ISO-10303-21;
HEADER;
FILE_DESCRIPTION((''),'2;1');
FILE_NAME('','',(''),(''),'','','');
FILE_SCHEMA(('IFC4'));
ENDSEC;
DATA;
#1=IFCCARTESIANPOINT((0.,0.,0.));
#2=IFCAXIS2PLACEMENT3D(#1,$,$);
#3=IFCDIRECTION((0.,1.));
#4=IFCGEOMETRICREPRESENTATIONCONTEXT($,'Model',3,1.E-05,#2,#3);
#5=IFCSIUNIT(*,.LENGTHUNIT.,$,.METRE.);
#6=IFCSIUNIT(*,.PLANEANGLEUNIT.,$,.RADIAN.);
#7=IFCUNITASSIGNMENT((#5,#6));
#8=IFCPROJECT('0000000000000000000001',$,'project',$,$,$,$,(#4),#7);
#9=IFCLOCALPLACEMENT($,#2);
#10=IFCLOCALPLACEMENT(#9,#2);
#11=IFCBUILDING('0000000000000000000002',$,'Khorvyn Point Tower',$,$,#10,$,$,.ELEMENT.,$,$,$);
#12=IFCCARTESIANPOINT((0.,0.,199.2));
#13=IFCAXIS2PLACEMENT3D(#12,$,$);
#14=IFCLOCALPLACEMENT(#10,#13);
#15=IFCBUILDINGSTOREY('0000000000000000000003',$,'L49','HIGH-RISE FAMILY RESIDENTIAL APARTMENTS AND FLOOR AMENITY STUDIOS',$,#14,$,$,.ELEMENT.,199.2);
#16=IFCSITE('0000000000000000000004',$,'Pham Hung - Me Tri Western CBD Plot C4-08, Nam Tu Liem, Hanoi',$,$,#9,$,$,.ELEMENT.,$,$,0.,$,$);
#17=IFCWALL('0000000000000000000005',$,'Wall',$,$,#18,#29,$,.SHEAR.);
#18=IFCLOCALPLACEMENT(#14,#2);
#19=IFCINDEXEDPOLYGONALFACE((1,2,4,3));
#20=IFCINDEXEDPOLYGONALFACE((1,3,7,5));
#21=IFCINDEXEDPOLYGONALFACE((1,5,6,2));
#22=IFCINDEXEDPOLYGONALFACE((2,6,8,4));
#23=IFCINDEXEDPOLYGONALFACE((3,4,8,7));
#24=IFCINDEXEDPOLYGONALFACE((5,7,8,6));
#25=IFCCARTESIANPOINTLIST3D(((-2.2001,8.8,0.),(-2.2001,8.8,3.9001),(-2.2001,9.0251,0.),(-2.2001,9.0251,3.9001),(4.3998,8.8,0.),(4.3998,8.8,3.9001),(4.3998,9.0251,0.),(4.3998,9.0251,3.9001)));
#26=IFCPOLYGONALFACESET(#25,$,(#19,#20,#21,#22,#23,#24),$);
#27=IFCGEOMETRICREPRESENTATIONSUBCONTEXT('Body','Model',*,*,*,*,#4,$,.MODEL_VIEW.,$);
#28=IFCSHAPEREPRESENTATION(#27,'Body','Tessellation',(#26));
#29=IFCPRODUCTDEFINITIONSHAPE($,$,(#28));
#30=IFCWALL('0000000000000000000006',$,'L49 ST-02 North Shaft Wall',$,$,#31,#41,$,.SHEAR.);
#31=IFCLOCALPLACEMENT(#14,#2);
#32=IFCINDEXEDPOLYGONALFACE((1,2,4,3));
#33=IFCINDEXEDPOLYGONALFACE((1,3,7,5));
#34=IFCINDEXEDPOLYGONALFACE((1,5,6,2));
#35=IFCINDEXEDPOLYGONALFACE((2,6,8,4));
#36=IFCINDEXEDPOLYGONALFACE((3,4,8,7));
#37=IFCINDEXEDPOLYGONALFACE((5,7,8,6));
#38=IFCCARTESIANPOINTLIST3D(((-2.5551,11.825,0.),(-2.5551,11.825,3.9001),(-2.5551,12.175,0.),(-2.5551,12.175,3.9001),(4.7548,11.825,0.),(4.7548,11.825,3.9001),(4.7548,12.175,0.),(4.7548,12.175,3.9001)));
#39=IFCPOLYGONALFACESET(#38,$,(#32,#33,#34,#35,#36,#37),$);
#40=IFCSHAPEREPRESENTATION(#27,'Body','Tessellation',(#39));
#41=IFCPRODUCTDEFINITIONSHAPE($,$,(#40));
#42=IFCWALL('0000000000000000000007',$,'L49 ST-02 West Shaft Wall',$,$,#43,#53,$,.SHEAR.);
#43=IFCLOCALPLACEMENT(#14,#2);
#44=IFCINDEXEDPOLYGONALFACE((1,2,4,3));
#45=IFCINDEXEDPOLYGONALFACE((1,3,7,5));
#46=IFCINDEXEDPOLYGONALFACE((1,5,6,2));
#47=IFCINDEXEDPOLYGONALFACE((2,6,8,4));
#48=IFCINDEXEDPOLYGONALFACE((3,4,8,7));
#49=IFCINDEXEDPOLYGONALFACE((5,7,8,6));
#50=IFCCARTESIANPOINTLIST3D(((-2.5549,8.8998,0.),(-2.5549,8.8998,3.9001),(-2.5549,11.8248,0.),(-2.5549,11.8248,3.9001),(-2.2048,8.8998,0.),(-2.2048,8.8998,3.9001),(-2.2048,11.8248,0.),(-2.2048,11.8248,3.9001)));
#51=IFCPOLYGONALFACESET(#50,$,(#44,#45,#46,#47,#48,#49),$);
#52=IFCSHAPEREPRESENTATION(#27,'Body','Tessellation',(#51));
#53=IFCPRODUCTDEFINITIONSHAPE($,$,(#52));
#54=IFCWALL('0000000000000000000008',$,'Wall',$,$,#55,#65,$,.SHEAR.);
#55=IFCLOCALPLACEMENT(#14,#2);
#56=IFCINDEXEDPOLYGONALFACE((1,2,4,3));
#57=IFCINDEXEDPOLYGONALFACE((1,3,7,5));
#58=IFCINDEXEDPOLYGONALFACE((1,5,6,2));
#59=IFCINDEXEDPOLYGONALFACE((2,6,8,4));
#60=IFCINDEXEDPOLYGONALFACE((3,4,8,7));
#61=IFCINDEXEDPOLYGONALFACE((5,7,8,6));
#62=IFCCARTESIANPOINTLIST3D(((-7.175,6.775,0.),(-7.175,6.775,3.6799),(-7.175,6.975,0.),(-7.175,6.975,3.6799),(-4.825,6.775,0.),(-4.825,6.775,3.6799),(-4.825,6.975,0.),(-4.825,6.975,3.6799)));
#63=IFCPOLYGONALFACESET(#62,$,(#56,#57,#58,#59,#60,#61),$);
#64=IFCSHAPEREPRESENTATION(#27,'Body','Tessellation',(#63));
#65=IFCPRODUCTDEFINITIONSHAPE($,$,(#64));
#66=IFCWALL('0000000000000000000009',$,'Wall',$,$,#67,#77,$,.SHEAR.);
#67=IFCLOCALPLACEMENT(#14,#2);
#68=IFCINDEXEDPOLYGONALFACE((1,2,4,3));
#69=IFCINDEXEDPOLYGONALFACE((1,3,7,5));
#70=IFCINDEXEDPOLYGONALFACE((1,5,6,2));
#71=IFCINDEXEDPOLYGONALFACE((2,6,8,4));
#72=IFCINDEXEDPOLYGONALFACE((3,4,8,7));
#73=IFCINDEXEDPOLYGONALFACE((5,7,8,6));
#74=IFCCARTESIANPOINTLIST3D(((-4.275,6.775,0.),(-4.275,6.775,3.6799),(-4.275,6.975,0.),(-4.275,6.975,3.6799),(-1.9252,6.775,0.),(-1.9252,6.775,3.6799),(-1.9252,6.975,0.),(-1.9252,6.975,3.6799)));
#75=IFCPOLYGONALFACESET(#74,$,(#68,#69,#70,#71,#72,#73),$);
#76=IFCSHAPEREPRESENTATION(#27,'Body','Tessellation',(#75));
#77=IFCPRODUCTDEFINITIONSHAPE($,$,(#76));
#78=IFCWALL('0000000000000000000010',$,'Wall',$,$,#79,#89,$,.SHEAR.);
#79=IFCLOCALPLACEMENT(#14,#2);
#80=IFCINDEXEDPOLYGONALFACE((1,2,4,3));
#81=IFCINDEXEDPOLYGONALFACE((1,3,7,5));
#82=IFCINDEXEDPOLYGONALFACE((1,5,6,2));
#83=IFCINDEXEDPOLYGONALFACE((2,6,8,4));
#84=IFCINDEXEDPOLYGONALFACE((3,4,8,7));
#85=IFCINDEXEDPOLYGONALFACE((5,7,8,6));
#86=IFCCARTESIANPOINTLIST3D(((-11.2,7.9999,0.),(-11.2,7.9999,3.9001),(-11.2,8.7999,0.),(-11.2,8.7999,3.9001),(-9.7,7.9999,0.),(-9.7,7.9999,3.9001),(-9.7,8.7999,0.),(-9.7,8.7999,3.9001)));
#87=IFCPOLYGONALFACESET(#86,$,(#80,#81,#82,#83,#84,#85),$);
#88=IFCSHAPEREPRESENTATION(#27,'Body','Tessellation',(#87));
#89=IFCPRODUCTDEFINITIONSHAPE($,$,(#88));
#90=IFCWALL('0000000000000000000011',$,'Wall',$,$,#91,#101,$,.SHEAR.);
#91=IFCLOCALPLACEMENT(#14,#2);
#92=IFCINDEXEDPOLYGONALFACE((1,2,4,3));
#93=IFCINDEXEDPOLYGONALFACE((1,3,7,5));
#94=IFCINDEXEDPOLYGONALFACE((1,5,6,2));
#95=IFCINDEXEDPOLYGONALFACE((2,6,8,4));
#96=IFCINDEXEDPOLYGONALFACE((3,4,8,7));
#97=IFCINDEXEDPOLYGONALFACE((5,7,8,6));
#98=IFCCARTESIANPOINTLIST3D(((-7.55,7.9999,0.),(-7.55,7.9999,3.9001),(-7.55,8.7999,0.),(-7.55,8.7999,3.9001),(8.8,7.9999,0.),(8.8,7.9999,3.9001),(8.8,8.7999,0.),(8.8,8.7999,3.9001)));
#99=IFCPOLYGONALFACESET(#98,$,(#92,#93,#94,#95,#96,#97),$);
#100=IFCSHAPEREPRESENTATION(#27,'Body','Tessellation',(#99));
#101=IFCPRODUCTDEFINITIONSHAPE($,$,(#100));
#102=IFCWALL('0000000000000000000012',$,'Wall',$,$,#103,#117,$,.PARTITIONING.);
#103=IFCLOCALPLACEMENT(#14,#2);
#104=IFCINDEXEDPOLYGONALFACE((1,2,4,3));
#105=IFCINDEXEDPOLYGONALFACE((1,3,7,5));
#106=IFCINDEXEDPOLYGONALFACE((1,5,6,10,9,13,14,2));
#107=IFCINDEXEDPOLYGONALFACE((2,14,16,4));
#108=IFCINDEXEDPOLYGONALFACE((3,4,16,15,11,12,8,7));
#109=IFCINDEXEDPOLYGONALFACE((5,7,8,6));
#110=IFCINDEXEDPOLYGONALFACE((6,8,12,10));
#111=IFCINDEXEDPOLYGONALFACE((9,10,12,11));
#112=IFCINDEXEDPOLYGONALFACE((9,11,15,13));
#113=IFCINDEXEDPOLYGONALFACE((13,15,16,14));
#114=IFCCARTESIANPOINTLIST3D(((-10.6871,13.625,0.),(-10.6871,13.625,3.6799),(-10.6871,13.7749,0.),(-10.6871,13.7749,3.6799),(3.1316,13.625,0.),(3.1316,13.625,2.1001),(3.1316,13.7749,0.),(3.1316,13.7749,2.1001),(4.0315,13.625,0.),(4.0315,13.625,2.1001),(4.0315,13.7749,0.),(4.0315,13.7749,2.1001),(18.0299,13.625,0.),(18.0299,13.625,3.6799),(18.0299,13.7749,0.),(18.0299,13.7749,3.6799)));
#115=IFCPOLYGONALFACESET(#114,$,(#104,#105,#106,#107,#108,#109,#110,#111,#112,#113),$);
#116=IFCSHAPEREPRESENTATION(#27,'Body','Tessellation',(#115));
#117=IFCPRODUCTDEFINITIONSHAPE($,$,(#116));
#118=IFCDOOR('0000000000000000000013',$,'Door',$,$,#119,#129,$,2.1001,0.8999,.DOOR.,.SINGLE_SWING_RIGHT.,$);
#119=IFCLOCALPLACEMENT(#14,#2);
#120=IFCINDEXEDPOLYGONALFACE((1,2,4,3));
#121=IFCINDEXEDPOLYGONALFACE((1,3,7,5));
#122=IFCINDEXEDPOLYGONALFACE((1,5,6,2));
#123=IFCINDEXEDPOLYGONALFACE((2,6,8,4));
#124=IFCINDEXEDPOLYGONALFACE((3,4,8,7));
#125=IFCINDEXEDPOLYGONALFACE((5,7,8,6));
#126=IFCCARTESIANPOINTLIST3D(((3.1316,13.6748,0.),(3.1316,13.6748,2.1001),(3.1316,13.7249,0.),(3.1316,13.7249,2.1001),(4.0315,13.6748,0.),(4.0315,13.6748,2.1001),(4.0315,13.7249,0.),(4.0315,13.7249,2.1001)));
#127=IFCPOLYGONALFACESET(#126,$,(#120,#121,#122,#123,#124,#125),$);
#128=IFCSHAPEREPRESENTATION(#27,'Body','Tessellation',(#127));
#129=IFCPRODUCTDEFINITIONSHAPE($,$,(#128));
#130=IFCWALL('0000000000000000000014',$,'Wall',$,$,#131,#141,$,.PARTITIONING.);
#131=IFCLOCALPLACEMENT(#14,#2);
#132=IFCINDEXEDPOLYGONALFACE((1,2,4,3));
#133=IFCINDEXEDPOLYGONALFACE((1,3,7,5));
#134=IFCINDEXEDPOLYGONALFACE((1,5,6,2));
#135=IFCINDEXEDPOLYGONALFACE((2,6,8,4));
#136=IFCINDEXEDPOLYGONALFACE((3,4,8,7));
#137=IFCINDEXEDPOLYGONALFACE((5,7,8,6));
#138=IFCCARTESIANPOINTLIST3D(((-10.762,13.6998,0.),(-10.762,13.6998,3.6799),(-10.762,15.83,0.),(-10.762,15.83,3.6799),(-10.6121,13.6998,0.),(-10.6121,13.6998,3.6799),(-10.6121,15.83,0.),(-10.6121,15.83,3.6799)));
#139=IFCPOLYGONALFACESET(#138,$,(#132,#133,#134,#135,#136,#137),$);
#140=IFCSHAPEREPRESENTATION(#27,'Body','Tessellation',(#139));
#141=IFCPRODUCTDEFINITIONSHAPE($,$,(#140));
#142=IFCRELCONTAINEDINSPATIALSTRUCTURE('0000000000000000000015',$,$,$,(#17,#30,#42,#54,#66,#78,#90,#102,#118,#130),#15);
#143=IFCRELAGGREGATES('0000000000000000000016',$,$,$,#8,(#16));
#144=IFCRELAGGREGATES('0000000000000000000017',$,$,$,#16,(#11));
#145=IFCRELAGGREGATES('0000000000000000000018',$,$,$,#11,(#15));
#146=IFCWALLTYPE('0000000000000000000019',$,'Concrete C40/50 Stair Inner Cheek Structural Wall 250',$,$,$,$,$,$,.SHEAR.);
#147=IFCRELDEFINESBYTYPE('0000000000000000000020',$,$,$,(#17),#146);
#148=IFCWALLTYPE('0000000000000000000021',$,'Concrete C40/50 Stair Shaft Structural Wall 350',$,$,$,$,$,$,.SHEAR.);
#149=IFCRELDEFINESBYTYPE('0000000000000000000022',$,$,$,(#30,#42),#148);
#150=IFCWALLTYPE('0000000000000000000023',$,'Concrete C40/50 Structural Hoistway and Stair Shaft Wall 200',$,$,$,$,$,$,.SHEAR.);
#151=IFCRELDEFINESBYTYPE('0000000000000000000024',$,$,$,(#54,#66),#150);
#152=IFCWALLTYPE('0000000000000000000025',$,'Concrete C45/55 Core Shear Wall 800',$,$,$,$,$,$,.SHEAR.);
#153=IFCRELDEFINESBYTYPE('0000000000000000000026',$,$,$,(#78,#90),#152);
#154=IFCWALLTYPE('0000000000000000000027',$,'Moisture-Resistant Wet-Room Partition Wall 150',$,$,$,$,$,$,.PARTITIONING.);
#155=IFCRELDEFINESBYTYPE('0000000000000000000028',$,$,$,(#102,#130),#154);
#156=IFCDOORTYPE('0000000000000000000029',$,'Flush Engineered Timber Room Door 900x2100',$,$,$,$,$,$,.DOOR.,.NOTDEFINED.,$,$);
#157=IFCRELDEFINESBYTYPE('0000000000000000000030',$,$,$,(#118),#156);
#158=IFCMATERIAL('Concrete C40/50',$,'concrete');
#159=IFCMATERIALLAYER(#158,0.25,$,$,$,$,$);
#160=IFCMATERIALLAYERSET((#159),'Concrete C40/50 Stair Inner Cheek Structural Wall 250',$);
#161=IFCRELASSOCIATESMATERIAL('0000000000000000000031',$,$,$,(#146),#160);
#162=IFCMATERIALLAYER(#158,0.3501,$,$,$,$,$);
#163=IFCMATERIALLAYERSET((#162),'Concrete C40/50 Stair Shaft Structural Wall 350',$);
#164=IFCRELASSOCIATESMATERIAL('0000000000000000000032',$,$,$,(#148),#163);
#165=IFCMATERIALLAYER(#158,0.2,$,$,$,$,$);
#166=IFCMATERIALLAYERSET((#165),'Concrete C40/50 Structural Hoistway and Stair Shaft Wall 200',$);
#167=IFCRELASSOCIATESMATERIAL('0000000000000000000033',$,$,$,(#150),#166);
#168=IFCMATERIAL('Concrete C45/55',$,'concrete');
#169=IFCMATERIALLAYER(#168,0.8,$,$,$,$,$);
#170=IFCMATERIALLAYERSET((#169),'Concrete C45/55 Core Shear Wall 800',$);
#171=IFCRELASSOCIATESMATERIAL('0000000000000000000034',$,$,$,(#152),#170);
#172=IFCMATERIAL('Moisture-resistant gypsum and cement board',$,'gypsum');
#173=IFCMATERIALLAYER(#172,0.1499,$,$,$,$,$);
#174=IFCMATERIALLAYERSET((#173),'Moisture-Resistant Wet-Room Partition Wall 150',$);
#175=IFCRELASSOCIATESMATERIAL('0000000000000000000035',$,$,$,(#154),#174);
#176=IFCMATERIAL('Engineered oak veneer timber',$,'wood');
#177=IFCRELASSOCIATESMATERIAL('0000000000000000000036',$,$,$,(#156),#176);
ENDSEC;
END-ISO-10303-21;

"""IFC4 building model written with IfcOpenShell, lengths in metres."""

from ifc_helpers import new_model, si_unit, direction, frame, frame_2d, origin, place, context, subcontext, project, spatial, rectangle, extrude, material, layer, layer_set, type_object, element, fill, save


model = new_model("IFC4")

# Units and contexts
model_context = context("Model", 3, precision=1e-05, world=origin(), true_north=direction((0.0, 1.0)))
body_context = subcontext(model_context, "Body", "Model", "MODEL_VIEW")
ifc_project = project(units=[si_unit("LENGTHUNIT", "METRE"), si_unit("PLANEANGLEUNIT", "RADIAN")], contexts=[model_context])

# Site, building, storey
site_placement = place(None, origin())
site = spatial("IfcSite", under=ifc_project, at=site_placement, Name="Pham Hung - Me Tri Western CBD Plot C4-08, Nam Tu Liem, Hanoi", CompositionType="ELEMENT", RefElevation=0.0)
building_placement = place(site_placement, origin())
building = spatial("IfcBuilding", under=site, at=building_placement, Name="Khorvyn Point Tower", CompositionType="ELEMENT")
storey_placement = place(building_placement, frame((0.0, 0.0, 199.2)))
storey = spatial("IfcBuildingStorey", under=building, at=storey_placement, Name="L49", Description="HIGH-RISE FAMILY RESIDENTIAL APARTMENTS AND FLOOR AMENITY STUDIOS", CompositionType="ELEMENT", Elevation=199.2)

# Shared definitions
ifc_material_1 = material(Name="Concrete C45/55", Category="concrete")

# Shared definitions
ifc_material_2 = material(Name="Concrete C40/50", Category="concrete")

# Walls
ifc_layer_1 = layer(ifc_material_2, 0.25)
ifc_layer_set_1 = layer_set([ifc_layer_1], Name="Concrete C40/50 Stair Inner Cheek Structural Wall 250")
wall_type_1 = type_object("IfcWallType", Name="Concrete C40/50 Stair Inner Cheek Structural Wall 250", PredefinedType="SHEAR", material=ifc_layer_set_1)
wall_1_placement = place(storey_placement, frame((-2.2, 8.9126, 0.0), z_axis=(0.0, 0.0, 1.0), x_axis=(1.0, 0.0, 0.0)))
element("IfcWall", 1, at=wall_1_placement, inside=storey, type_object=wall_type_1, Name="Wall", PredefinedType="SHEAR", context=body_context, shape_type="SweptSolid", body=[
    extrude(rectangle(XDim=6.5999, YDim=0.2251, at=frame_2d((3.2998, 0.0))), origin(), (0.0, 0.0, 1.0), 3.9001),
])
ifc_layer_2 = layer(ifc_material_2, 0.3501)
ifc_layer_set_2 = layer_set([ifc_layer_2], Name="Concrete C40/50 Stair Shaft Structural Wall 350")
wall_type_2 = type_object("IfcWallType", Name="Concrete C40/50 Stair Shaft Structural Wall 350", PredefinedType="SHEAR", material=ifc_layer_set_2)
wall_2_placement = place(storey_placement, frame((-2.5549, 12.0, 0.0), z_axis=(0.0, 0.0, 1.0), x_axis=(1.0, 0.0, 0.0)))
element("IfcWall", 2, at=wall_2_placement, inside=storey, type_object=wall_type_2, Name="L49 ST-02 North Shaft Wall", PredefinedType="SHEAR", context=body_context, shape_type="SweptSolid", body=[
    extrude(rectangle(XDim=7.3098, YDim=0.3501, at=frame_2d((3.6548, 0.0))), origin(), (0.0, 0.0, 1.0), 3.9001),
])
wall_3_placement = place(storey_placement, frame((-2.3799, 8.8999, 0.0), z_axis=(0.0, 0.0, 1.0), x_axis=(0.0, 1.0, 0.0)))
element("IfcWall", 3, at=wall_3_placement, inside=storey, type_object=wall_type_2, Name="L49 ST-02 West Shaft Wall", PredefinedType="SHEAR", context=body_context, shape_type="SweptSolid", body=[
    extrude(rectangle(XDim=2.925, YDim=0.3501, at=frame_2d((1.4624, 0.0))), origin(), (0.0, 0.0, 1.0), 3.9001),
])
ifc_layer_3 = layer(ifc_material_2, 0.2)
ifc_layer_set_3 = layer_set([ifc_layer_3], Name="Concrete C40/50 Structural Hoistway and Stair Shaft Wall 200")
wall_type_3 = type_object("IfcWallType", Name="Concrete C40/50 Structural Hoistway and Stair Shaft Wall 200", PredefinedType="SHEAR", material=ifc_layer_set_3)
wall_4_placement = place(storey_placement, frame((-7.175, 6.875, 0.0), z_axis=(0.0, 0.0, 1.0), x_axis=(1.0, 0.0, 0.0)))
element("IfcWall", 4, at=wall_4_placement, inside=storey, type_object=wall_type_3, Name="Wall", PredefinedType="SHEAR", context=body_context, shape_type="SweptSolid", body=[
    extrude(rectangle(XDim=2.3501, YDim=0.2, at=frame_2d((1.175, 0.0))), origin(), (0.0, 0.0, 1.0), 3.6799),
])
wall_5_placement = place(storey_placement, frame((-4.2749, 6.875, 0.0), z_axis=(0.0, 0.0, 1.0), x_axis=(1.0, 0.0, 0.0)))
element("IfcWall", 5, at=wall_5_placement, inside=storey, type_object=wall_type_3, Name="Wall", PredefinedType="SHEAR", context=body_context, shape_type="SweptSolid", body=[
    extrude(rectangle(XDim=2.3499, YDim=0.2, at=frame_2d((1.1748, 0.0))), origin(), (0.0, 0.0, 1.0), 3.6799),
])
ifc_layer_4 = layer(ifc_material_1, 0.8)
ifc_layer_set_4 = layer_set([ifc_layer_4], Name="Concrete C45/55 Core Shear Wall 800")
wall_type_4 = type_object("IfcWallType", Name="Concrete C45/55 Core Shear Wall 800", PredefinedType="SHEAR", material=ifc_layer_set_4)
wall_6_placement = place(storey_placement, frame((-11.2, 8.3999, 0.0), z_axis=(0.0, 0.0, 1.0), x_axis=(1.0, 0.0, 0.0)))
element("IfcWall", 6, at=wall_6_placement, inside=storey, type_object=wall_type_4, Name="Wall", PredefinedType="SHEAR", context=body_context, shape_type="SweptSolid", body=[
    extrude(rectangle(XDim=1.5, YDim=0.8, at=frame_2d((0.75, 0.0))), origin(), (0.0, 0.0, 1.0), 3.9001),
])
wall_7_placement = place(storey_placement, frame((-7.55, 8.3999, 0.0), z_axis=(0.0, 0.0, 1.0), x_axis=(1.0, 0.0, 0.0)))
element("IfcWall", 7, at=wall_7_placement, inside=storey, type_object=wall_type_4, Name="Wall", PredefinedType="SHEAR", context=body_context, shape_type="SweptSolid", body=[
    extrude(rectangle(XDim=16.3501, YDim=0.8, at=frame_2d((8.175, 0.0))), origin(), (0.0, 0.0, 1.0), 3.9001),
])

# Wall, opening, door
ifc_material_3 = material(Name="Moisture-resistant gypsum and cement board", Category="gypsum")
ifc_layer_5 = layer(ifc_material_3, 0.1499)
ifc_layer_set_5 = layer_set([ifc_layer_5], Name="Moisture-Resistant Wet-Room Partition Wall 150")
wall_type_5 = type_object("IfcWallType", Name="Moisture-Resistant Wet-Room Partition Wall 150", PredefinedType="PARTITIONING", material=ifc_layer_set_5)
wall_8_placement = place(storey_placement, frame((-10.687, 13.7, 0.0), z_axis=(0.0, 0.0, 1.0), x_axis=(1.0, 0.0, 0.0)))
wall_8 = element("IfcWall", 8, at=wall_8_placement, inside=storey, type_object=wall_type_5, Name="Wall", PredefinedType="PARTITIONING", context=body_context, shape_type="SweptSolid", body=[
    extrude(rectangle(XDim=28.717, YDim=0.1499, at=frame_2d((14.3584, 0.0))), origin(), (0.0, 0.0, 1.0), 3.6799),
])
opening_1_placement = place(wall_8_placement, frame((13.8186, 0.0, 0.0)))
opening_1 = element("IfcOpeningElement", 9, at=opening_1_placement, cuts=wall_8, PredefinedType="OPENING", context=body_context, shape_type="SweptSolid", body=[
    extrude(rectangle(XDim=0.8999, YDim=2.1001, at=frame_2d((0.45, 1.05))), frame((0.0, 0.085, 0.0), z_axis=(0.0, -1.0, 0.0), x_axis=(1.0, 0.0, 0.0)), (0.0, 0.0, 1.0), 0.1699),
])
ifc_material_4 = material(Name="Engineered oak veneer timber", Category="wood")
door_type_1 = type_object("IfcDoorType", Name="Flush Engineered Timber Room Door 900x2100", OperationType="NOTDEFINED", PredefinedType="DOOR", material=ifc_material_4)
door_1_placement = place(opening_1_placement, origin())
door_1 = element("IfcDoor", 10, at=door_1_placement, inside=storey, type_object=door_type_1, Name="Door", OperationType="SINGLE_SWING_RIGHT", OverallHeight=2.1001, OverallWidth=0.8999, PredefinedType="DOOR", context=body_context, shape_type="SweptSolid", body=[
    extrude(rectangle(XDim=0.8999, YDim=2.1001, at=frame_2d((0.45, 1.05))), frame((0.0, 0.0249, 0.0), z_axis=(0.0, -1.0, 0.0), x_axis=(1.0, 0.0, 0.0)), (0.0, 0.0, 1.0), 0.05),
])
fill(opening_1, door_1)

# Wall
wall_9_placement = place(storey_placement, frame((-10.687, 13.7, 0.0), z_axis=(0.0, 0.0, 1.0), x_axis=(0.0, 1.0, 0.0)))
element("IfcWall", 11, at=wall_9_placement, inside=storey, type_object=wall_type_5, Name="Wall", PredefinedType="PARTITIONING", context=body_context, shape_type="SweptSolid", body=[
    extrude(rectangle(XDim=2.1301, YDim=0.1499, at=frame_2d((1.0649, 0.0))), origin(), (0.0, 0.0, 1.0), 3.6799),
])

save(model, "model.ifc")
